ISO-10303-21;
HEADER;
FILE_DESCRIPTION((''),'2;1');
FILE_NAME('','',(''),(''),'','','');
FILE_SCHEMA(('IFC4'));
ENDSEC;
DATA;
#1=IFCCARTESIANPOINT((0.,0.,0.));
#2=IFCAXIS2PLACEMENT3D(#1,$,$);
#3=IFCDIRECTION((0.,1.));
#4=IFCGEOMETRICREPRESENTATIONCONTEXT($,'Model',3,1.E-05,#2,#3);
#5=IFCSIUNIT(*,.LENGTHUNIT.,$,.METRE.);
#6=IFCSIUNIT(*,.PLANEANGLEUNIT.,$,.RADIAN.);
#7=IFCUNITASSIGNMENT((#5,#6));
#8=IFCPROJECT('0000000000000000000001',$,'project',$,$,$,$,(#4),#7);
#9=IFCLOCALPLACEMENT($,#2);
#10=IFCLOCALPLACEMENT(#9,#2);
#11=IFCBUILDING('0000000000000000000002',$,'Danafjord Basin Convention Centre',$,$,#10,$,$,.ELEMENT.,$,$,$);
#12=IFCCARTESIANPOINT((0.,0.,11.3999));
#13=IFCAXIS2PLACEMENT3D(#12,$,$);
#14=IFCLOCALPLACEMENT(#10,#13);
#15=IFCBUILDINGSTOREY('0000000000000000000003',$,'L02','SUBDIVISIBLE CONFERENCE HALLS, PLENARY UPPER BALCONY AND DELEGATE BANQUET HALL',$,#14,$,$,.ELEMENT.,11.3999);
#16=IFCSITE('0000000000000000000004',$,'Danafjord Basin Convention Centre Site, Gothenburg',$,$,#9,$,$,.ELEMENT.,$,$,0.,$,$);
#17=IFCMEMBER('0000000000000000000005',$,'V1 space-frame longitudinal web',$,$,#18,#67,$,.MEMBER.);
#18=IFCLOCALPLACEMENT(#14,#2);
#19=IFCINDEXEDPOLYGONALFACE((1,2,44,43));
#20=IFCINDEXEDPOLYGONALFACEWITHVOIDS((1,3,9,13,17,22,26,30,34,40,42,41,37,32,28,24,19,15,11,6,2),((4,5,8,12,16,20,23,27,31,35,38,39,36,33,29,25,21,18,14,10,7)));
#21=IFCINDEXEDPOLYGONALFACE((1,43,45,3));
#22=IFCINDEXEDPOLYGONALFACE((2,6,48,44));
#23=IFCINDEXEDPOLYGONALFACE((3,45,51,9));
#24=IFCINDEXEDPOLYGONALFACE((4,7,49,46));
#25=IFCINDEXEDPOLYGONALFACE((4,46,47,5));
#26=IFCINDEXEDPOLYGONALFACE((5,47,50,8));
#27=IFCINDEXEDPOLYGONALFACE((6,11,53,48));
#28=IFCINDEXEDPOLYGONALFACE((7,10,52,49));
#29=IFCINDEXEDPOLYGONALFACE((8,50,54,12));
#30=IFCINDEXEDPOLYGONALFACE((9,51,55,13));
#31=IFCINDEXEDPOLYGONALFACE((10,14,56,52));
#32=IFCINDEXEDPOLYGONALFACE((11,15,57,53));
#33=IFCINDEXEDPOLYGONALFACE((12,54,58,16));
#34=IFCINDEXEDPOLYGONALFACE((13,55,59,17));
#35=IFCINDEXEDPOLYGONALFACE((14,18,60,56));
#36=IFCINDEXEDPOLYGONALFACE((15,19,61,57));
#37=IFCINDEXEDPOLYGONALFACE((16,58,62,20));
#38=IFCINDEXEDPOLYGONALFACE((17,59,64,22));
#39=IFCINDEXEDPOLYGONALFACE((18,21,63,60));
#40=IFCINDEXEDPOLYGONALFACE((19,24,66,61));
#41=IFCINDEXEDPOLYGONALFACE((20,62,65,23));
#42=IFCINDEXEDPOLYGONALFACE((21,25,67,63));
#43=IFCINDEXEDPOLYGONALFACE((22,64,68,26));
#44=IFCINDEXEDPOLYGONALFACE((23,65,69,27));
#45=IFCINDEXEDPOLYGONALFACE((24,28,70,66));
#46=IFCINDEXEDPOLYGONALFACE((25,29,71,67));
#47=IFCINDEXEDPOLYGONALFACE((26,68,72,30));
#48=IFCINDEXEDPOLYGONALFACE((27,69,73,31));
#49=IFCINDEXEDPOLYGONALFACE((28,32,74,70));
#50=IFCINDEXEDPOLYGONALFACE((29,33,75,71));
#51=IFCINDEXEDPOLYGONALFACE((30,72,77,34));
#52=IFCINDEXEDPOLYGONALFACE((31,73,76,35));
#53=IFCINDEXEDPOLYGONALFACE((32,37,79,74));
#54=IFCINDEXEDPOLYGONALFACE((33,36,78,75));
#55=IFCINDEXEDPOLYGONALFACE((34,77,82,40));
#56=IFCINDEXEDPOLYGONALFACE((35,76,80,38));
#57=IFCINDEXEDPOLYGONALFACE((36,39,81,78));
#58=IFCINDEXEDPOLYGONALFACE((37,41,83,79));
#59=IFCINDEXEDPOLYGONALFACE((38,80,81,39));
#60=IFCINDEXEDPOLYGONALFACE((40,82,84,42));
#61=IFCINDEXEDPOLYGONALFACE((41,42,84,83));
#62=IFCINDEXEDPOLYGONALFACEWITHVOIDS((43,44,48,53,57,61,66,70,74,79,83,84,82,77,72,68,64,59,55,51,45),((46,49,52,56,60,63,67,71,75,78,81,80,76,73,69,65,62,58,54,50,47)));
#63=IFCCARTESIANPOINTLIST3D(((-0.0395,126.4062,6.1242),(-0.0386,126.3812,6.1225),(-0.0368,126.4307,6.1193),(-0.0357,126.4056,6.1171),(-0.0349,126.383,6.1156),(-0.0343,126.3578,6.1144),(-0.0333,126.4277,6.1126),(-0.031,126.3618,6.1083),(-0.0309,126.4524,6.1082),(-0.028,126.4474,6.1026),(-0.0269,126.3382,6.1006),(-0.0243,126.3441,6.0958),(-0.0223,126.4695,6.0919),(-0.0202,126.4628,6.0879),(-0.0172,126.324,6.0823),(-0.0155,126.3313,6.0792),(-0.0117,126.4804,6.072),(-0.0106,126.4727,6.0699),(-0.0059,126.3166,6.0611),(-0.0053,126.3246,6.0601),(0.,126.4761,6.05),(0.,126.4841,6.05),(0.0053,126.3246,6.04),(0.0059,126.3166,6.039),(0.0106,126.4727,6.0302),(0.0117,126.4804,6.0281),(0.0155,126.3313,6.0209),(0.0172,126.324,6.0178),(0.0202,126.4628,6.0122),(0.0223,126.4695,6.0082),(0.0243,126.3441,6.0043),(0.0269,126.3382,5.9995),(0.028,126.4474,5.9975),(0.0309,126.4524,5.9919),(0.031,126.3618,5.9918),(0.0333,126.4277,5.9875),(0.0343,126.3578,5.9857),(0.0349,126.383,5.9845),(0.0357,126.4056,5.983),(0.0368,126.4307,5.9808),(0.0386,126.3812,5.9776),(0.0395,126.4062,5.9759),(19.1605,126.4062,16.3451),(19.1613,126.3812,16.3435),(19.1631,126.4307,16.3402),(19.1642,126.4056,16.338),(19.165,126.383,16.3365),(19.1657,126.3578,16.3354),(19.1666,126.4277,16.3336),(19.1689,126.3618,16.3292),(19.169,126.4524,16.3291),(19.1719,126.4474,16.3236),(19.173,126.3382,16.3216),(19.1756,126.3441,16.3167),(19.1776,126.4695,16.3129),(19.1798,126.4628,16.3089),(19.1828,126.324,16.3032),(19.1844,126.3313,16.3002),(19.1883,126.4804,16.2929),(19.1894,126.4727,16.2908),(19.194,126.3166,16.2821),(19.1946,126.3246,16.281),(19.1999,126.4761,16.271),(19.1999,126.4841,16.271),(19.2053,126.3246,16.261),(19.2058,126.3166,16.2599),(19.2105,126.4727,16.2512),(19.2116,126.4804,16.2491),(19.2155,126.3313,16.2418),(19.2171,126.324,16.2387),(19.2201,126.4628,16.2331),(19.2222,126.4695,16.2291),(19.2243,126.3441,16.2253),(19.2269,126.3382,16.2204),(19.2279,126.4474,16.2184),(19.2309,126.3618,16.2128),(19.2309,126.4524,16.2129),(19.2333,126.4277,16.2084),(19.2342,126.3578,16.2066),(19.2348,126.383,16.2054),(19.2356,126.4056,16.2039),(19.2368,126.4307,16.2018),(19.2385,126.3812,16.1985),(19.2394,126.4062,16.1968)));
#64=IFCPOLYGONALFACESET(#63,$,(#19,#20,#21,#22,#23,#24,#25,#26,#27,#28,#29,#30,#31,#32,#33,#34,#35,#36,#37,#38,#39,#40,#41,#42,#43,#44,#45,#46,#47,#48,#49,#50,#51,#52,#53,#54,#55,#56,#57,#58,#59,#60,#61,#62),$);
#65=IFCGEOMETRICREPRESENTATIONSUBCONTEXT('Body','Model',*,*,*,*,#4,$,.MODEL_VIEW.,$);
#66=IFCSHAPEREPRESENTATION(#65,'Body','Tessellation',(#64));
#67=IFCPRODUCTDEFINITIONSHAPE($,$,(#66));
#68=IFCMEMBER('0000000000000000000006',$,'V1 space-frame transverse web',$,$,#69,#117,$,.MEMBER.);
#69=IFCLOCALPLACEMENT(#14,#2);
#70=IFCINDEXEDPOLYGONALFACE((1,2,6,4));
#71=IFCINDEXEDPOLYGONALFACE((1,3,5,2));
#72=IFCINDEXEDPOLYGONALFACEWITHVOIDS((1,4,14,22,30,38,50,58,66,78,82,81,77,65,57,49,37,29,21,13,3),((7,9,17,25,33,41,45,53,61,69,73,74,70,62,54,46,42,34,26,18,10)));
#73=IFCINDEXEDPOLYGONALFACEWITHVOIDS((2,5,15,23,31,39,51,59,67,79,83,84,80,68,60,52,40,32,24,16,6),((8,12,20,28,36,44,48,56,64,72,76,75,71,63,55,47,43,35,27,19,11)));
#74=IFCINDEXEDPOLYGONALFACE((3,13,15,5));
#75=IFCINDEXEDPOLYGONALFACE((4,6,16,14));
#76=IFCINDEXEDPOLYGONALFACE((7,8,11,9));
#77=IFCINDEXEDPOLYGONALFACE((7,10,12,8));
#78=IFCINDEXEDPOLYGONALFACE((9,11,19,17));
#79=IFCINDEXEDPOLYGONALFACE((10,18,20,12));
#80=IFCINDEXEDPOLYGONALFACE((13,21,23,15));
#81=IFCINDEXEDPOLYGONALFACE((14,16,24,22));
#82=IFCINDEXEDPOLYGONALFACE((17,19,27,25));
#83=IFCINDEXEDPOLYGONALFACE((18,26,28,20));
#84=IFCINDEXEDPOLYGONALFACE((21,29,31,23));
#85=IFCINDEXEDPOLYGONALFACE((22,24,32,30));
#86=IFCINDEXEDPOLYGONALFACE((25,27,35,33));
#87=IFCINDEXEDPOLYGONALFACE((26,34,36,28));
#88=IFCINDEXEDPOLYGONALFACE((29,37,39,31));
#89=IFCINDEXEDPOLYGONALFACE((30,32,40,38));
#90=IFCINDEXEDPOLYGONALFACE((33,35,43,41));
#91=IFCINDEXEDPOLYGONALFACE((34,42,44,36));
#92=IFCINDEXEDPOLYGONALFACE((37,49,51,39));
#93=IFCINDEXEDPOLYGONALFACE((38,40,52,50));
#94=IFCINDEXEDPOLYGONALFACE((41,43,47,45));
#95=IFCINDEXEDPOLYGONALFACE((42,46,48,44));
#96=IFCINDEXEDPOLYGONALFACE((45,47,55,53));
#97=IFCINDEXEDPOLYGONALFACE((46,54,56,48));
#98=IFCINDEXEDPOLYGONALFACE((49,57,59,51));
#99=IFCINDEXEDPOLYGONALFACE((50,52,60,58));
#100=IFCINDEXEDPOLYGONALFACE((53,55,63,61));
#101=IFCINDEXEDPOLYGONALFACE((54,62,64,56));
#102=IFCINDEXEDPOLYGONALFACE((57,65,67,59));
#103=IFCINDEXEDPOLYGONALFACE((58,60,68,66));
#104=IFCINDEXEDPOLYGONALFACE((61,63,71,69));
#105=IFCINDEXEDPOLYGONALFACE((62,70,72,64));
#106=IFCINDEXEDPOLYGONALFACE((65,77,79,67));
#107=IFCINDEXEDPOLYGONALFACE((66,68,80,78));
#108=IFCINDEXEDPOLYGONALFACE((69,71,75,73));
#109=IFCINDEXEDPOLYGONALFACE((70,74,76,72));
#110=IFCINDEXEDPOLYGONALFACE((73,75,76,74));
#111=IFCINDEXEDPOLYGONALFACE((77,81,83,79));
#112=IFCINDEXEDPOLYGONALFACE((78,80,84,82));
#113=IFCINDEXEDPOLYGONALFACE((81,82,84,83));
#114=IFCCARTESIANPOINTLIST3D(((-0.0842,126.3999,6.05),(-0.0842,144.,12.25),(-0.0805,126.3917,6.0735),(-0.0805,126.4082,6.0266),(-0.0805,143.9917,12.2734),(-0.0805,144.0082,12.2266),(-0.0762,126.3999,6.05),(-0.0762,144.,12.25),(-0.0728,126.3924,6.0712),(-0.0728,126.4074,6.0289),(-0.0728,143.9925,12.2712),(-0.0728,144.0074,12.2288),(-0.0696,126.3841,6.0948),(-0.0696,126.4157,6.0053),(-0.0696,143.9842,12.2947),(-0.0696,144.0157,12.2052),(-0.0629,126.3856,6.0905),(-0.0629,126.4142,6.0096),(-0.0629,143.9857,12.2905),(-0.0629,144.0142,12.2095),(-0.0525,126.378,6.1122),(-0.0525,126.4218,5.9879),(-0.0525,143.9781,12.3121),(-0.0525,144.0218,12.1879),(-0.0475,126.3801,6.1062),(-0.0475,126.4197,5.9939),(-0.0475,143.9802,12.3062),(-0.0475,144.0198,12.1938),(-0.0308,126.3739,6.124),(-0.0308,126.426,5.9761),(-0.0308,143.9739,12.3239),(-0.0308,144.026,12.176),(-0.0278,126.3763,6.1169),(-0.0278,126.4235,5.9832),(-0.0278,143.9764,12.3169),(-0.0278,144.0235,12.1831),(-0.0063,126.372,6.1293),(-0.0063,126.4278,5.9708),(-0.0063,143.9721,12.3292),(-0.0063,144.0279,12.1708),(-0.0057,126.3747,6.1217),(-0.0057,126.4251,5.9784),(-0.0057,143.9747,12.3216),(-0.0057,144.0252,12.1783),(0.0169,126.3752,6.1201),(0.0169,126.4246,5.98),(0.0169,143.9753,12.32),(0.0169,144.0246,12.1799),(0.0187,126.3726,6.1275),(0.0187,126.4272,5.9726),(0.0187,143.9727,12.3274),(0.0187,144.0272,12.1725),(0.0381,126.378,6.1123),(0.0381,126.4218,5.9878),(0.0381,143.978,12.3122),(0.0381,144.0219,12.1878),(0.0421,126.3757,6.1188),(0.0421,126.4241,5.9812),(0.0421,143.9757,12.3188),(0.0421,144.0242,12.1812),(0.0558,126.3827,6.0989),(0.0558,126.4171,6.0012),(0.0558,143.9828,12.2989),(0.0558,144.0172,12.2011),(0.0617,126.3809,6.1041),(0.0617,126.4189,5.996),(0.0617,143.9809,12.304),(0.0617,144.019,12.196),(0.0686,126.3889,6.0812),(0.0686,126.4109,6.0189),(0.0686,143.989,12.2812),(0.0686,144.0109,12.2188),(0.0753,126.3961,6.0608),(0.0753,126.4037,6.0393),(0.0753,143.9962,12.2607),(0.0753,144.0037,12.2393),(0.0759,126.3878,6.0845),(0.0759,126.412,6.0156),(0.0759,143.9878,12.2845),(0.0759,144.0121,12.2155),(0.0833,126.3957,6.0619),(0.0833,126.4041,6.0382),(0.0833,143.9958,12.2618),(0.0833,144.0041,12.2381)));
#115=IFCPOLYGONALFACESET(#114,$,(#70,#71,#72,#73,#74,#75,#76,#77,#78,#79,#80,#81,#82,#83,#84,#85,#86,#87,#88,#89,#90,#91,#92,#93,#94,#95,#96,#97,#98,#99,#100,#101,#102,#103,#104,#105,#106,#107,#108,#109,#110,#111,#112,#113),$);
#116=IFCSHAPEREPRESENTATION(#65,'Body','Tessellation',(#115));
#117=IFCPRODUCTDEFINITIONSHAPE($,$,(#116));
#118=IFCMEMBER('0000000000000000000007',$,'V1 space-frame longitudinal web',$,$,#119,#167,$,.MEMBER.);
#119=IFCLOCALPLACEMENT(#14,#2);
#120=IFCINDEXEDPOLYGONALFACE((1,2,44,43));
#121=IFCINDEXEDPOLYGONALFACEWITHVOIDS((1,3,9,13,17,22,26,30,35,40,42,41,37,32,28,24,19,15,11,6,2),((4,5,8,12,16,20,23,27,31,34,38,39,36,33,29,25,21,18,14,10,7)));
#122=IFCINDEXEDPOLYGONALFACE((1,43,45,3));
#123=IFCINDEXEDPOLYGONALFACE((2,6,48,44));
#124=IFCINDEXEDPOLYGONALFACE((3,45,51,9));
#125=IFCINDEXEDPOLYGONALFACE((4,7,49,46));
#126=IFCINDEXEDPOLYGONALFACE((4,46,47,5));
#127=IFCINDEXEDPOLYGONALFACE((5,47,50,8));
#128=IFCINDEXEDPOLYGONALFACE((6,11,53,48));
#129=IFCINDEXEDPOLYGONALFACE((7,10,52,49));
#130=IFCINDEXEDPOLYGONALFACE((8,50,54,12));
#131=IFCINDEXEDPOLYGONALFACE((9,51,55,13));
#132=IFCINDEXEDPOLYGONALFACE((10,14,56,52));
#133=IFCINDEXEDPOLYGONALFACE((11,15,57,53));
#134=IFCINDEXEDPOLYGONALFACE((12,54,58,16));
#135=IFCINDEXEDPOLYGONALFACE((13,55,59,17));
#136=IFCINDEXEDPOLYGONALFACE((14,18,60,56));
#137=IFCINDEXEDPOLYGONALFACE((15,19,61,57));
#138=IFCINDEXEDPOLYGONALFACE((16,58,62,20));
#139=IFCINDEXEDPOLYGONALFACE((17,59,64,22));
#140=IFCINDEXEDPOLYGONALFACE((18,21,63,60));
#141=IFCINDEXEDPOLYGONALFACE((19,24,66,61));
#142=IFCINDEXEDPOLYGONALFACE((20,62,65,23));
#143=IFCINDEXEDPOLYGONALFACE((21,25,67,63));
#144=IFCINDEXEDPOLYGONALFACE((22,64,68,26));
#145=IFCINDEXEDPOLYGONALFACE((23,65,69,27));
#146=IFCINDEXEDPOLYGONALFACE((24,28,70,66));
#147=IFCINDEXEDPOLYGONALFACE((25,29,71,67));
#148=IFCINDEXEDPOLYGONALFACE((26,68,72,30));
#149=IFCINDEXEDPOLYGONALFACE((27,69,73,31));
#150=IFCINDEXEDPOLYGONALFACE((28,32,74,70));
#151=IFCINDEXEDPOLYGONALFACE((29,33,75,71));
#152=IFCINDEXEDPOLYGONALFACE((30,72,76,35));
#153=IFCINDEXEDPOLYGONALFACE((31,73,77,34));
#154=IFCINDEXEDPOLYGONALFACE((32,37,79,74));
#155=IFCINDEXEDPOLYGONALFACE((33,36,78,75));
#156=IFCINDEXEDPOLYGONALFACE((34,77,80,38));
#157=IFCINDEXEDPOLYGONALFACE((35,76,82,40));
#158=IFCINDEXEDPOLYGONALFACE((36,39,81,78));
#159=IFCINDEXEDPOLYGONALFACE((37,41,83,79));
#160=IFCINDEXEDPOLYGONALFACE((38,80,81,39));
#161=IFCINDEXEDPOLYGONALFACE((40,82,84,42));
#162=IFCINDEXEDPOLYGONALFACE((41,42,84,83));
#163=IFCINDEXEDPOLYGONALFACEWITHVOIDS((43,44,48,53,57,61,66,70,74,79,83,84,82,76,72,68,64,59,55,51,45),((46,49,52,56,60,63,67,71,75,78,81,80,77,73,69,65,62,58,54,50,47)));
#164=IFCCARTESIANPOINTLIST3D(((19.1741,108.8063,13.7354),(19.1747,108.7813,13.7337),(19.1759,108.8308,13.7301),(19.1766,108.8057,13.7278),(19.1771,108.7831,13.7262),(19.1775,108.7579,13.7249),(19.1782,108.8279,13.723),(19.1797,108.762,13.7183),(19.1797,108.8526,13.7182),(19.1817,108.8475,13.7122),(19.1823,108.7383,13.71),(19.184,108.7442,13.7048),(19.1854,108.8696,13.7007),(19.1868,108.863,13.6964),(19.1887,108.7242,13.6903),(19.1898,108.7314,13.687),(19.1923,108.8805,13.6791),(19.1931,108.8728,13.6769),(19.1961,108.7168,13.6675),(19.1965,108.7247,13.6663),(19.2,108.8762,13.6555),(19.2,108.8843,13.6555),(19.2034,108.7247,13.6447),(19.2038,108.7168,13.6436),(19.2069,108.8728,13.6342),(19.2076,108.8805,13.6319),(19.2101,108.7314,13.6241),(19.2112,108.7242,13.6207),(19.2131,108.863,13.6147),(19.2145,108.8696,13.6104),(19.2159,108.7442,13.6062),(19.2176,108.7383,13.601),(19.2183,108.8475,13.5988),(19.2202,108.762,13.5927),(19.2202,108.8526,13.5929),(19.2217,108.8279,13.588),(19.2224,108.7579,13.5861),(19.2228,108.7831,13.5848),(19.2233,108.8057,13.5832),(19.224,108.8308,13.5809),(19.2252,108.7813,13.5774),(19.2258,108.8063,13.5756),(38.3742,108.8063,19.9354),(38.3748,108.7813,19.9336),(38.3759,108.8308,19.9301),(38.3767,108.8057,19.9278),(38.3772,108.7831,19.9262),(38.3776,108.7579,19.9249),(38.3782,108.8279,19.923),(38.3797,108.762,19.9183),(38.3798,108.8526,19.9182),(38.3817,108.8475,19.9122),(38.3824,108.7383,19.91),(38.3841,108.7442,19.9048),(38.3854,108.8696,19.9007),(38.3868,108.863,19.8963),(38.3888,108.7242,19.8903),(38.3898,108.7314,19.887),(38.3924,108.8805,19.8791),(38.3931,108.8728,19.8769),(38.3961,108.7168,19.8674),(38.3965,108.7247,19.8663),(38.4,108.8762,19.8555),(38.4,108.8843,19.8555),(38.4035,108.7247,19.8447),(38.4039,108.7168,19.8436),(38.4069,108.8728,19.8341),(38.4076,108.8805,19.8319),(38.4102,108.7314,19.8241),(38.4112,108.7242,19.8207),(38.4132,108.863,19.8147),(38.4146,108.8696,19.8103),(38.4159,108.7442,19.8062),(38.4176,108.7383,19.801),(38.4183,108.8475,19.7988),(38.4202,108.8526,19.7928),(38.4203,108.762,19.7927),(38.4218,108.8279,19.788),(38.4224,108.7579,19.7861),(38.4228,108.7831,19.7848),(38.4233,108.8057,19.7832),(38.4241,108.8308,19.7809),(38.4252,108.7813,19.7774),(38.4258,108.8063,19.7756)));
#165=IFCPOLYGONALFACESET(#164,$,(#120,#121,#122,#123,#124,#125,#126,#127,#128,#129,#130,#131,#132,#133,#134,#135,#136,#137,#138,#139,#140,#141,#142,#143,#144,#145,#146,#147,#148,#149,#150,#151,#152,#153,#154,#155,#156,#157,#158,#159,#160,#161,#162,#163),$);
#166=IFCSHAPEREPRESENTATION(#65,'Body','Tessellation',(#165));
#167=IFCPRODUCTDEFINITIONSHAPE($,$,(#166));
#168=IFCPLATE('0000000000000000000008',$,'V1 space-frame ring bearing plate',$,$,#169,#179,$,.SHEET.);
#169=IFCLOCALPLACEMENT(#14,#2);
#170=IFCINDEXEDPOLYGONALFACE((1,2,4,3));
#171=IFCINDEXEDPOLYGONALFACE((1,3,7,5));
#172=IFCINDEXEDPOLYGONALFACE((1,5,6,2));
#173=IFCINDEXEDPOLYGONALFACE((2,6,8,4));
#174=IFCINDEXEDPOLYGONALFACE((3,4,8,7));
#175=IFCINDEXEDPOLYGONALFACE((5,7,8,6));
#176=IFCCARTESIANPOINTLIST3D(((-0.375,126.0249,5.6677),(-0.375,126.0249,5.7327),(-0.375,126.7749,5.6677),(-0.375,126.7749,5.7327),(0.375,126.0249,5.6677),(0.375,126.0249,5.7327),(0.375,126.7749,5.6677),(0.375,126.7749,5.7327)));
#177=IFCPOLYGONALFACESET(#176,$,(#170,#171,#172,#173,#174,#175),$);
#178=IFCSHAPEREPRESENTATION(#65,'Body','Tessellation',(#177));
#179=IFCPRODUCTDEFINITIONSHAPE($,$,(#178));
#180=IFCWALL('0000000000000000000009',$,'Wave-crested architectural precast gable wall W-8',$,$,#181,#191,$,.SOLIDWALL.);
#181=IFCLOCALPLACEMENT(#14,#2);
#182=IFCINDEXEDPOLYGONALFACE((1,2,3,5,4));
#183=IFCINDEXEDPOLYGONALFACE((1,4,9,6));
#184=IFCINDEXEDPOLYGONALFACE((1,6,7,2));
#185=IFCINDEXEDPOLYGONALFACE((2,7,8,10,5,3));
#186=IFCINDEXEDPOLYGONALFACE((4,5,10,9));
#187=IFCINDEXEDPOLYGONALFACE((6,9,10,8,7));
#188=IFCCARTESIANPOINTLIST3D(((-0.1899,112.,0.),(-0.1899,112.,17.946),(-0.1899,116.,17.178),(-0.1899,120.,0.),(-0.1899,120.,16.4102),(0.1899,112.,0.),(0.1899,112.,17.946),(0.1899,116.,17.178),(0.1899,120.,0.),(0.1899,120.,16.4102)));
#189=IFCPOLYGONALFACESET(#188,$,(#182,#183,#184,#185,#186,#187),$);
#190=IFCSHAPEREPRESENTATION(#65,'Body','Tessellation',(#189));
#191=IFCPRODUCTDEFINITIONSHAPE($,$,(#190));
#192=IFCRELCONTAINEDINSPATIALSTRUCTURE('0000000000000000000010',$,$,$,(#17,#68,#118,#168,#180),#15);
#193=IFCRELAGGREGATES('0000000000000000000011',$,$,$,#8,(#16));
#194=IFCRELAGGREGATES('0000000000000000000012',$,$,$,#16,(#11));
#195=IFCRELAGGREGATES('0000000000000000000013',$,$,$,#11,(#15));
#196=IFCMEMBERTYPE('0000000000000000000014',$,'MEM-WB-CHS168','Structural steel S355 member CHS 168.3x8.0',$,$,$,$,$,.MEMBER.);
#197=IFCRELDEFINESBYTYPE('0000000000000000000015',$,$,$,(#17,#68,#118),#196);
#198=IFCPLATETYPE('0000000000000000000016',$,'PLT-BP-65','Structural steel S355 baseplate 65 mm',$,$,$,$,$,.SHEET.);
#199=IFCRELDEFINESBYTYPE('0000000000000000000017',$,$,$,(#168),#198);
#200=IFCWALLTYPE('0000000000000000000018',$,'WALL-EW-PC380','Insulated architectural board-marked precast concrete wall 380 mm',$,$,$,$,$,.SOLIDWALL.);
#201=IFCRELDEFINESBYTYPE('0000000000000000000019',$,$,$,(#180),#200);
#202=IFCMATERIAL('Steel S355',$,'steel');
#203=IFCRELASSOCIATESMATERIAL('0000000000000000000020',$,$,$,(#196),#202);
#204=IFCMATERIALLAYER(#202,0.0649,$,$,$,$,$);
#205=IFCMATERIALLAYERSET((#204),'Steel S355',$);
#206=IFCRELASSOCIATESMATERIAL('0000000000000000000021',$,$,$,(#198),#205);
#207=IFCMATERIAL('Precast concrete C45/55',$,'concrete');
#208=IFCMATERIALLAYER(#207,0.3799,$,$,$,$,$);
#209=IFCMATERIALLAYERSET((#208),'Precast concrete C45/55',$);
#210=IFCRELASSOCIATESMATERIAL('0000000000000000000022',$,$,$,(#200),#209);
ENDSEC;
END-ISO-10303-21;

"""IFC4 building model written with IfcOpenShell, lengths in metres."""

from ifc_helpers import new_model, si_unit, direction, frame, origin, origin_2d, place, context, subcontext, project, spatial, polyline, rectangle, hollow_circle, outline, extrude, material, layer, layer_set, material_profile, profile_set, type_object, element, save


model = new_model("IFC4")

# Units and contexts
model_context = context("Model", 3, precision=1e-05, world=origin(), true_north=direction((0.0, 1.0)))
body_context = subcontext(model_context, "Body", "Model", "MODEL_VIEW")
ifc_project = project(units=[si_unit("LENGTHUNIT", "METRE"), si_unit("PLANEANGLEUNIT", "RADIAN")], contexts=[model_context])

# Site, building, storey
site_placement = place(None, origin())
site = spatial("IfcSite", under=ifc_project, at=site_placement, Name="Danafjord Basin Convention Centre Site, Gothenburg", CompositionType="ELEMENT", RefElevation=0.0)
building_placement = place(site_placement, origin())
building = spatial("IfcBuilding", under=site, at=building_placement, Name="Danafjord Basin Convention Centre", CompositionType="ELEMENT")
storey_placement = place(building_placement, frame((0.0, 0.0, 11.3999)))
storey = spatial("IfcBuildingStorey", under=building, at=storey_placement, Name="L02", Description="SUBDIVISIBLE CONFERENCE HALLS, PLENARY UPPER BALCONY AND DELEGATE BANQUET HALL", CompositionType="ELEMENT", Elevation=11.3999)

# Shared definitions
ifc_material_1 = material(Name="Steel S355", Category="steel")

# Members
ifc_material_profile_1 = material_profile(ifc_material_1, hollow_circle(Radius=0.0842, WallThickness=0.0081, at=origin_2d()), Name="CHS 168.3x8.0")
ifc_profile_set_1 = profile_set([ifc_material_profile_1], Name="Steel S355")
member_type_1 = type_object("IfcMemberType", Name="MEM-WB-CHS168", Description="Structural steel S355 member CHS 168.3x8.0", PredefinedType="MEMBER", material=ifc_profile_set_1)
member_1_placement = place(storey_placement, frame((0.0, 126.3999, 6.05), z_axis=(0.882716, 0.0, 0.469907), x_axis=(0.0, 1.0, 0.0)))
element("IfcMember", 1, at=member_1_placement, inside=storey, type_object=member_type_1, Name="V1 space-frame longitudinal web", PredefinedType="MEMBER", context=body_context, shape_type="SweptSolid", body=[
    extrude(hollow_circle(Radius=0.0842, WallThickness=0.0081, at=origin_2d()), origin(), (0.0, 0.0, 1.0), 21.751),
])
member_2_placement = place(storey_placement, frame((0.0, 126.3999, 6.05), z_axis=(0.0, 0.943189, 0.332255), x_axis=(-1.0, 0.0, 0.0)))
element("IfcMember", 2, at=member_2_placement, inside=storey, type_object=member_type_1, Name="V1 space-frame transverse web", PredefinedType="MEMBER", context=body_context, shape_type="SweptSolid", body=[
    extrude(hollow_circle(Radius=0.0842, WallThickness=0.0081, at=origin_2d()), origin(), (0.0, 0.0, 1.0), 18.6602),
])
member_3_placement = place(storey_placement, frame((19.2, 108.8, 13.6555), z_axis=(0.951616, 0.0, 0.307291), x_axis=(0.0, 1.0, 0.0)))
element("IfcMember", 3, at=member_3_placement, inside=storey, type_object=member_type_1, Name="V1 space-frame longitudinal web", PredefinedType="MEMBER", context=body_context, shape_type="SweptSolid", body=[
    extrude(hollow_circle(Radius=0.0842, WallThickness=0.0081, at=origin_2d()), origin(), (0.0, 0.0, 1.0), 20.1763),
])

# Plate
ifc_layer_1 = layer(ifc_material_1, 0.0649)
ifc_layer_set_1 = layer_set([ifc_layer_1], Name="Steel S355")
plate_type = type_object("IfcPlateType", Name="PLT-BP-65", Description="Structural steel S355 baseplate 65 mm", PredefinedType="SHEET", material=ifc_layer_set_1)
plate_placement = place(storey_placement, frame((0.0, 126.3999, 5.6677), z_axis=(0.0, 0.0, 1.0), x_axis=(1.0, 0.0, 0.0)))
element("IfcPlate", 4, at=plate_placement, inside=storey, type_object=plate_type, Name="V1 space-frame ring bearing plate", PredefinedType="SHEET", context=body_context, shape_type="SweptSolid", body=[
    extrude(rectangle(XDim=0.75, YDim=0.75, at=origin_2d()), origin(), (0.0, 0.0, 1.0), 0.0649),
])

# Wall
ifc_material_2 = material(Name="Precast concrete C45/55", Category="concrete")
ifc_layer_2 = layer(ifc_material_2, 0.3799)
ifc_layer_set_2 = layer_set([ifc_layer_2], Name="Precast concrete C45/55")
wall_type = type_object("IfcWallType", Name="WALL-EW-PC380", Description="Insulated architectural board-marked precast concrete wall 380 mm", PredefinedType="SOLIDWALL", material=ifc_layer_set_2)
wall_1_placement = place(storey_placement, frame((0.0, 112.0, 0.0), z_axis=(0.0, 0.0, 1.0), x_axis=(0.0, 1.0, 0.0)))
element("IfcWall", 5, at=wall_1_placement, inside=storey, type_object=wall_type, Name="Wave-crested architectural precast gable wall W-8", PredefinedType="SOLIDWALL", context=body_context, shape_type="SweptSolid", body=[
    extrude(outline(polyline([(0.0, 0.0), (8.0, 0.0), (8.0, 16.4102), (4.0, 17.178), (0.0, 17.946), (0.0, 0.0)])), frame((0.0, 0.1899, 0.0), z_axis=(0.0, -1.0, 0.0), x_axis=(1.0, 0.0, 0.0)), (0.0, 0.0, 1.0), 0.3799),
])

save(model, "model.ifc")
